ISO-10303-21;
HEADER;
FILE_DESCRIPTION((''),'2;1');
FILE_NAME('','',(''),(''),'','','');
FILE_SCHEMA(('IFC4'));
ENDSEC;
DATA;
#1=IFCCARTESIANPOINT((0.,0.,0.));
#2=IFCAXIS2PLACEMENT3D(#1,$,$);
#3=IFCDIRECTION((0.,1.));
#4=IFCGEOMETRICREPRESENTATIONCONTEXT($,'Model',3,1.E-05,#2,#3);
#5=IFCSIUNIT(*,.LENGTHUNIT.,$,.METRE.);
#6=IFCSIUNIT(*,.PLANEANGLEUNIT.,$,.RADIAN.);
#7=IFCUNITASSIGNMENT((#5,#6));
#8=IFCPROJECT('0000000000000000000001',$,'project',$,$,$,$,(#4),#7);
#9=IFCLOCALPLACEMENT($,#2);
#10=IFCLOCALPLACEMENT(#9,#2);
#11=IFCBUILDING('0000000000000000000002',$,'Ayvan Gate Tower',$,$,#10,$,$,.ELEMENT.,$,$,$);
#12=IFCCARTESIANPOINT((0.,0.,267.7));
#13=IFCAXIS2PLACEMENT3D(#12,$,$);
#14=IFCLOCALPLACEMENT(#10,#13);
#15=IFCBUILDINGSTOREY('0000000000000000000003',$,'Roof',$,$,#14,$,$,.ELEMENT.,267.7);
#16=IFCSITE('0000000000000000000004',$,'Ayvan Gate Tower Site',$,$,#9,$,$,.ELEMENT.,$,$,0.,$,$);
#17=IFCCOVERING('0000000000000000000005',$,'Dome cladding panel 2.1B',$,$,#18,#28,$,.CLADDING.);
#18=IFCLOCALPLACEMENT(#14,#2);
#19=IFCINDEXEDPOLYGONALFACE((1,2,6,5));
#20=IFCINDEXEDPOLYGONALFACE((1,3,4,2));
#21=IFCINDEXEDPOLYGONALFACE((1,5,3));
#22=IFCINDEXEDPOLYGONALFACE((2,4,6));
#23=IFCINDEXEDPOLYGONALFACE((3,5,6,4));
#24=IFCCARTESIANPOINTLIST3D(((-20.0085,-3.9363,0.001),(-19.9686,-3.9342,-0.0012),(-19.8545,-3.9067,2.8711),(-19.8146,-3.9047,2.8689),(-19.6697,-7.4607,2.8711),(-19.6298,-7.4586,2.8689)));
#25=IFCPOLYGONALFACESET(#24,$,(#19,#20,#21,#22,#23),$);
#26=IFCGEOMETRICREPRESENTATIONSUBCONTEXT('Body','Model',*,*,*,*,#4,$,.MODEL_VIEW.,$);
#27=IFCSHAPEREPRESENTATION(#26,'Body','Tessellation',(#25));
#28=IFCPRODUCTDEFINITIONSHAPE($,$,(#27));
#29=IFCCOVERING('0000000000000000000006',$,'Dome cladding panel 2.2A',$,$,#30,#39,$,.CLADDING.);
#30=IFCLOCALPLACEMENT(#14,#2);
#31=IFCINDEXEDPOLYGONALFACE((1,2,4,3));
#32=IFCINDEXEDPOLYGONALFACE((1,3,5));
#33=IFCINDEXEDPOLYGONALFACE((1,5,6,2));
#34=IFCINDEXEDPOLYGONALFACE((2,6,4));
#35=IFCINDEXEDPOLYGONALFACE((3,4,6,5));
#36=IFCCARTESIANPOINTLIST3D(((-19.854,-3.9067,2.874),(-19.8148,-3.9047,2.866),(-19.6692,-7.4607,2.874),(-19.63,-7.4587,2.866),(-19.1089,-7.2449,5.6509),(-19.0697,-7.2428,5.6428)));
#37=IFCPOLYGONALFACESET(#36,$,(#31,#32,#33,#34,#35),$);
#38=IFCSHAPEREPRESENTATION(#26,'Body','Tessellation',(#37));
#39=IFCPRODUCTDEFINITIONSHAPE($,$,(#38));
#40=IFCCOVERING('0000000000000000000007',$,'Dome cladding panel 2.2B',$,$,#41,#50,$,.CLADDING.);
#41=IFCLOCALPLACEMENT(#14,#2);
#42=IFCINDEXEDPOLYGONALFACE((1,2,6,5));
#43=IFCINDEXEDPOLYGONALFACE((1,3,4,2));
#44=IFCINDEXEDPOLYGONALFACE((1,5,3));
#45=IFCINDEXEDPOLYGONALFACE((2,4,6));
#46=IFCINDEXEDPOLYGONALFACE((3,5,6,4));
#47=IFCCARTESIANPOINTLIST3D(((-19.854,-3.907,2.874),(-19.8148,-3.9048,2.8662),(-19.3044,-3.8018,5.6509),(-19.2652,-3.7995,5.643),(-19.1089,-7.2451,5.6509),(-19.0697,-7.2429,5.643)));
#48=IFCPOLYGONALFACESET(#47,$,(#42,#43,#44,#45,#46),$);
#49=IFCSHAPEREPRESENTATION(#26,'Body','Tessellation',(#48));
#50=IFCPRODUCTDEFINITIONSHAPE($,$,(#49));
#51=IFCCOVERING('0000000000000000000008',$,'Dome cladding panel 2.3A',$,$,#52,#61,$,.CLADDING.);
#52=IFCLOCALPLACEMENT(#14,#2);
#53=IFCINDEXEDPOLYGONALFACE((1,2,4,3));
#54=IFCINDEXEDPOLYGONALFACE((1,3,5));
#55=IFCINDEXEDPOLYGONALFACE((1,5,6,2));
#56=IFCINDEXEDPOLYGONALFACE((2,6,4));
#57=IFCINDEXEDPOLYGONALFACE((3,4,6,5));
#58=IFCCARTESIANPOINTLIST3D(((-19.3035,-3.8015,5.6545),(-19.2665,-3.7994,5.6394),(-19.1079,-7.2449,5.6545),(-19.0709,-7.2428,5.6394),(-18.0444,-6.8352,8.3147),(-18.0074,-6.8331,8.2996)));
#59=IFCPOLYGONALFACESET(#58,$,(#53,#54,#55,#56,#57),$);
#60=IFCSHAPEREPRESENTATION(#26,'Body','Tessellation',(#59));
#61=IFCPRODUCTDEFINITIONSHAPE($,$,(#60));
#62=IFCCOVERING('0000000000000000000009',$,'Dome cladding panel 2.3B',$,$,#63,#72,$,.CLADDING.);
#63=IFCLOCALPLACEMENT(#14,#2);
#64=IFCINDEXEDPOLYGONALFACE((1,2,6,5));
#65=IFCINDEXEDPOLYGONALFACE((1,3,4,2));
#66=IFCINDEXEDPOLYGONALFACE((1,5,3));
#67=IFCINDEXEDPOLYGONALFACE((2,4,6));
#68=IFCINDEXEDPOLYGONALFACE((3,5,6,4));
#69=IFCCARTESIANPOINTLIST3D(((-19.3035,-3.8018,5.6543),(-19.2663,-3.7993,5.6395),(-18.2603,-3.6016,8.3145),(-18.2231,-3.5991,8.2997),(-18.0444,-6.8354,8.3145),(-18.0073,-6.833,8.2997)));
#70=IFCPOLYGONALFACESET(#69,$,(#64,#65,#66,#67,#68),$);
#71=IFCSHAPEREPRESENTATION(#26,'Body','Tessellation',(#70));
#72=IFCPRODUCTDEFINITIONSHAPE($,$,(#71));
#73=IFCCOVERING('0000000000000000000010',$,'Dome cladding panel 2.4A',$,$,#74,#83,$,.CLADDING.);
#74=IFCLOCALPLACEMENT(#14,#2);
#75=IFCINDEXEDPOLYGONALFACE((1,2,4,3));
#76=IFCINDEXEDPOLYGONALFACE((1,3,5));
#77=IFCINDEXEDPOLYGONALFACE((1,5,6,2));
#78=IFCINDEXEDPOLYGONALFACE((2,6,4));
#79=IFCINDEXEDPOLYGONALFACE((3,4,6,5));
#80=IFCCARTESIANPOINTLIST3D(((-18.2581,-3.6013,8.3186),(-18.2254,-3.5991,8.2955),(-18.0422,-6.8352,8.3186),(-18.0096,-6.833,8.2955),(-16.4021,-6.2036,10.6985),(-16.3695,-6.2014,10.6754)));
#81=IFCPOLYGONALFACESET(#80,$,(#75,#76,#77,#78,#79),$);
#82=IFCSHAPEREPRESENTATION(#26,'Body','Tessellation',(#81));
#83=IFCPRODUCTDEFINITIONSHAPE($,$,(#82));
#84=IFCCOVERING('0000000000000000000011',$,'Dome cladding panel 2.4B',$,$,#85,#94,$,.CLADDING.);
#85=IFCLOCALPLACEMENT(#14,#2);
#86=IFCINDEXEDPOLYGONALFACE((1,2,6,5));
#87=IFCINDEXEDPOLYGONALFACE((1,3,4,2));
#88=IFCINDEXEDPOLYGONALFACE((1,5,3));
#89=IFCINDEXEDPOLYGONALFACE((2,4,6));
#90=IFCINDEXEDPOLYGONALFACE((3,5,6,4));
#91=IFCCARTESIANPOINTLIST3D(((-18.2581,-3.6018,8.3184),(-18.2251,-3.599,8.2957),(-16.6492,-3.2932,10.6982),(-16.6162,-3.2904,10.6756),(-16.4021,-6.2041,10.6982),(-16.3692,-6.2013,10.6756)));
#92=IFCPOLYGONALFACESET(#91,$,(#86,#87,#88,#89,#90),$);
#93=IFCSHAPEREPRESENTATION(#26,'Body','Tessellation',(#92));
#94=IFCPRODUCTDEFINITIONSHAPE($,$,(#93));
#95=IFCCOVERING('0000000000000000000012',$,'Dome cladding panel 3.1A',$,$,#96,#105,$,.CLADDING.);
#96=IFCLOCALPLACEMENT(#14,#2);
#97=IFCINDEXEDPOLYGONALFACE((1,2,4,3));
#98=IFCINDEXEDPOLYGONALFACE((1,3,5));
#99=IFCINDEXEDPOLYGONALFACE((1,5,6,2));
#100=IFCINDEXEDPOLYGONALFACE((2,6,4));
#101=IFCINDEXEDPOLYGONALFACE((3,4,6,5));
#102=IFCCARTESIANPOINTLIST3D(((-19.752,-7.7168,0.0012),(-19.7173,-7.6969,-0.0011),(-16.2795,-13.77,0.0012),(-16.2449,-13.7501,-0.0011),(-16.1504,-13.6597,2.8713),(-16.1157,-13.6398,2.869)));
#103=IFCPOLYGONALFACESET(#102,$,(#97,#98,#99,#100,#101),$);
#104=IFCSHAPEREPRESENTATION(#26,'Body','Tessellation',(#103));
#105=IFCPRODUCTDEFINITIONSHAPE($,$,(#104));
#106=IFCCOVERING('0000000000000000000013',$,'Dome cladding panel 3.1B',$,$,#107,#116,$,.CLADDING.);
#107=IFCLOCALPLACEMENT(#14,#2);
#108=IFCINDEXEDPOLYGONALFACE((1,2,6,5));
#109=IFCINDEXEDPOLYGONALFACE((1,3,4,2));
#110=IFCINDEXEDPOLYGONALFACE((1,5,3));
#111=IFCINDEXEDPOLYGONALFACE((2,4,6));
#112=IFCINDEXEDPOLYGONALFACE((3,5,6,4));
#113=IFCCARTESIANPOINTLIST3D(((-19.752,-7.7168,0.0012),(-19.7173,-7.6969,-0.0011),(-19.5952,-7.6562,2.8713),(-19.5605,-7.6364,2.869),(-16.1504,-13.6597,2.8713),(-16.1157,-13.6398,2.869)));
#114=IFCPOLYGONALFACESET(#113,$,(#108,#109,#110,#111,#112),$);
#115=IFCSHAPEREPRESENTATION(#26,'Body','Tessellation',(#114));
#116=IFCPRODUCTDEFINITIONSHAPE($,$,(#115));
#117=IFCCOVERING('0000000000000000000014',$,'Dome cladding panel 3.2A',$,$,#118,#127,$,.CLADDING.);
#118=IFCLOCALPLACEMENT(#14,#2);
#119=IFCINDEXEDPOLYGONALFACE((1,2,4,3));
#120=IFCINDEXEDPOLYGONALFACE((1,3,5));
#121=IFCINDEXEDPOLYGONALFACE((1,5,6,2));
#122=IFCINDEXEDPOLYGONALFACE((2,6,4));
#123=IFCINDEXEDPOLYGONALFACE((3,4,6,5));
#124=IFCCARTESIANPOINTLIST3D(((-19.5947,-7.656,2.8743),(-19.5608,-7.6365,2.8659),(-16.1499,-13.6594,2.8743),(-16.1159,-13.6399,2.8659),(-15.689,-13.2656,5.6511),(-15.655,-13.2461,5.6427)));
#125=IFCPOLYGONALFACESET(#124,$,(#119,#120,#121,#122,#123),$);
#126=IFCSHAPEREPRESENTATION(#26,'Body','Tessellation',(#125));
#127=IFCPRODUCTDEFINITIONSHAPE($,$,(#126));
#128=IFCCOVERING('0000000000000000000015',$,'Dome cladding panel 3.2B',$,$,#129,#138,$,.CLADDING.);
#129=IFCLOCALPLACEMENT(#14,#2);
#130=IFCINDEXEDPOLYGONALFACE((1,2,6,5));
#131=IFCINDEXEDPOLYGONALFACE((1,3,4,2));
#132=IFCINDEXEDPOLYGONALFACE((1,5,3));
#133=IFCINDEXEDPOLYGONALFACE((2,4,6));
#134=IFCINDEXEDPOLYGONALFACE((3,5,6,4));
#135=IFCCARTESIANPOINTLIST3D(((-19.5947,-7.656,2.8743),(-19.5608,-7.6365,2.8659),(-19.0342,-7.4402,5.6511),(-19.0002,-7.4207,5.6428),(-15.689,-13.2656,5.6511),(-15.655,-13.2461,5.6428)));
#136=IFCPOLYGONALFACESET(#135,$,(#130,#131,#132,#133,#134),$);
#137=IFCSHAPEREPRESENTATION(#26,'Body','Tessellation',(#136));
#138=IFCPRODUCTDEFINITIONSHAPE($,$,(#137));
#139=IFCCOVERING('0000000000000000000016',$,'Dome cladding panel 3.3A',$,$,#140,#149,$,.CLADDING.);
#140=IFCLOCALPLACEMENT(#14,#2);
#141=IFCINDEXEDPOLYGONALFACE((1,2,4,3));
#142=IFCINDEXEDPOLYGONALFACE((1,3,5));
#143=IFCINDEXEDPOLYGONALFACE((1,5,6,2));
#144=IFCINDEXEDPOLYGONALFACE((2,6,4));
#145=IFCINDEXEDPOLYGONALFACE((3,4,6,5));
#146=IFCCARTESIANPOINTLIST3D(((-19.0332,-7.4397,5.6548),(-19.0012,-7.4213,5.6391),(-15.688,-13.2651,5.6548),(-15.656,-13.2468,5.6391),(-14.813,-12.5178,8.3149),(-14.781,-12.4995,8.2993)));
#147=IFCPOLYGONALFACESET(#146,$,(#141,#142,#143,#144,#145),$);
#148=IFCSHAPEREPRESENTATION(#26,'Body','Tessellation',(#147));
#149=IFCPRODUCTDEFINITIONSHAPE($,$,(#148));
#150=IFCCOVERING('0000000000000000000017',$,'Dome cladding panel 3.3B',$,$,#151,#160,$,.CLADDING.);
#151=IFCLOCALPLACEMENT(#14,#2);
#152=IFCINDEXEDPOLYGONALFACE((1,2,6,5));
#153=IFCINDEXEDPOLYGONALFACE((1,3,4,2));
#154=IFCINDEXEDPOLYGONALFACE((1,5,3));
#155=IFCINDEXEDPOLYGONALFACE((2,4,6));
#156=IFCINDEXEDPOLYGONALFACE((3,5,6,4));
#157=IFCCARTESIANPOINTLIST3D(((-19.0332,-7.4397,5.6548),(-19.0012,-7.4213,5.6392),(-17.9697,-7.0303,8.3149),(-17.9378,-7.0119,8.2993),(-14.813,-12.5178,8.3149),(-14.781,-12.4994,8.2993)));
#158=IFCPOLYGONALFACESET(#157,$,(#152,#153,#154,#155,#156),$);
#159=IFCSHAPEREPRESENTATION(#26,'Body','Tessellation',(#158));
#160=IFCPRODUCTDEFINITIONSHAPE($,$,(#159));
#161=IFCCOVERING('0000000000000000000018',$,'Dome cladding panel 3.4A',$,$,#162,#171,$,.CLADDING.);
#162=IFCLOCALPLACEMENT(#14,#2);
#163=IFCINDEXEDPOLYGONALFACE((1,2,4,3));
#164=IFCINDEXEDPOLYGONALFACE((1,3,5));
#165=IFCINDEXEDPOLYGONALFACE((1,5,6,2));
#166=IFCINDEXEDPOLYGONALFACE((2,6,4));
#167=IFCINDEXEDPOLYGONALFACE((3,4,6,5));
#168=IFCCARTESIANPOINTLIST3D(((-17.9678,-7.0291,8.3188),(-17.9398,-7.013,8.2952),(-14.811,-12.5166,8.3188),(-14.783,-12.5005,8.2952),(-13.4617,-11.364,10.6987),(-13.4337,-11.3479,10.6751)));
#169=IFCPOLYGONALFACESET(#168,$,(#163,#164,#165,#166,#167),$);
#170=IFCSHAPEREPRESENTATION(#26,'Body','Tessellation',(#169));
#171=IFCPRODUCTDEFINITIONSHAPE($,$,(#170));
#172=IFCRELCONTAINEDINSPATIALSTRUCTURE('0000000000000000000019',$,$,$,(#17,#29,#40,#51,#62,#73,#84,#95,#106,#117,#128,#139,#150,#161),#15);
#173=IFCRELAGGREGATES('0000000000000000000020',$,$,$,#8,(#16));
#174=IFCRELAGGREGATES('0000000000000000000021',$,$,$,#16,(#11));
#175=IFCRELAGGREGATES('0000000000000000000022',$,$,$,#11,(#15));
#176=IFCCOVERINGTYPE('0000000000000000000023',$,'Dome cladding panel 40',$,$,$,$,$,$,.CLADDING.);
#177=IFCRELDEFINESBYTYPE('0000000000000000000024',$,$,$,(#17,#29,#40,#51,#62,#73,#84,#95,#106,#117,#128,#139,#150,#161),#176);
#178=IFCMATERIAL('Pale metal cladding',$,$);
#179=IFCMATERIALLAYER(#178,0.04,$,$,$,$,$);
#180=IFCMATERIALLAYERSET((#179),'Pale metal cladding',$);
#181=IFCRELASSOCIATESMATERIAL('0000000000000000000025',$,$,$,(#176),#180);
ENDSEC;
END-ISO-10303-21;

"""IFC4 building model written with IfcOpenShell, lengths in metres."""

from ifc_helpers import new_model, si_unit, direction, frame, origin, place, context, subcontext, project, spatial, polyline, outline, extrude, material, layer, layer_set, type_object, element, save


model = new_model("IFC4")

# Units and contexts
model_context = context("Model", 3, precision=1e-05, world=origin(), true_north=direction((0.0, 1.0)))
body_context = subcontext(model_context, "Body", "Model", "MODEL_VIEW")
ifc_project = project(units=[si_unit("LENGTHUNIT", "METRE"), si_unit("PLANEANGLEUNIT", "RADIAN")], contexts=[model_context])

# Site, building, storey
site_placement = place(None, origin())
site = spatial("IfcSite", under=ifc_project, at=site_placement, Name="Ayvan Gate Tower Site", CompositionType="ELEMENT", RefElevation=0.0)
building_placement = place(site_placement, origin())
building = spatial("IfcBuilding", under=site, at=building_placement, Name="Ayvan Gate Tower", CompositionType="ELEMENT")
storey_placement = place(building_placement, frame((0.0, 0.0, 267.7)))
storey = spatial("IfcBuildingStorey", under=building, at=storey_placement, Name="Roof", CompositionType="ELEMENT", Elevation=267.7)

# Coverings
ifc_material_1 = material(Name="Pale metal cladding")
ifc_layer_1 = layer(ifc_material_1, 0.04)
ifc_layer_set_1 = layer_set([ifc_layer_1], Name="Pale metal cladding")
covering_type = type_object("IfcCoveringType", Name="Dome cladding panel 40", PredefinedType="CLADDING", material=ifc_layer_set_1)
covering_1_placement = place(storey_placement, frame((-20.0085, -3.9363, 0.001), z_axis=(-0.99719, -0.051856, 0.054058), x_axis=(0.074348, -0.773264, 0.62971)))
element("IfcCovering", 1, at=covering_1_placement, inside=storey, type_object=covering_type, Name="Dome cladding panel 2.1B", PredefinedType="CLADDING", context=body_context, shape_type="SweptSolid", body=[
    extrude(outline(polyline([(0.0, 0.0), (4.5578, 0.0), (1.796, 2.2443), (0.0, 0.0)])), origin(), (0.0, 0.0, -1.0), 0.04),
])
covering_2_placement = place(storey_placement, frame((-19.854, -3.9067, 2.874), z_axis=(-0.978201, -0.050869, 0.201331), x_axis=(0.051932, -0.998651, 0.0)))
element("IfcCovering", 2, at=covering_2_placement, inside=storey, type_object=covering_type, Name="Dome cladding panel 2.2A", PredefinedType="CLADDING", context=body_context, shape_type="SweptSolid", body=[
    extrude(outline(polyline([(0.0, 0.0), (3.5588, 0.0), (3.3723, 2.8349), (0.0, 0.0)])), origin(), (0.0, 0.0, -1.0), 0.04),
])
covering_3_placement = place(storey_placement, frame((-19.854, -3.907, 2.874), z_axis=(-0.979052, -0.055603, 0.195869), x_axis=(0.16913, -0.757703, 0.630302)))
element("IfcCovering", 3, at=covering_3_placement, inside=storey, type_object=covering_type, Name="Dome cladding panel 2.2B", PredefinedType="CLADDING", context=body_context, shape_type="SweptSolid", body=[
    extrude(outline(polyline([(0.0, 0.0), (4.4056, 0.0), (1.7635, 2.2168), (0.0, 0.0)])), origin(), (0.0, 0.0, -1.0), 0.04),
])
covering_4_placement = place(storey_placement, frame((-19.3035, -3.8015, 5.6545), z_axis=(-0.924453, -0.052502, 0.377663), x_axis=(0.056701, -0.998391, 0.0)))
element("IfcCovering", 4, at=covering_4_placement, inside=storey, type_object=covering_type, Name="Dome cladding panel 2.3A", PredefinedType="CLADDING", context=body_context, shape_type="SweptSolid", body=[
    extrude(outline(polyline([(0.0, 0.0), (3.4489, 0.0), (3.1002, 2.8729), (0.0, 0.0)])), origin(), (0.0, 0.0, -1.0), 0.04),
])
covering_5_placement = place(storey_placement, frame((-19.3035, -3.8018, 5.6543), z_axis=(-0.927594, -0.061905, 0.368426), x_axis=(0.297877, -0.717747, 0.629372)))
element("IfcCovering", 5, at=covering_5_placement, inside=storey, type_object=covering_type, Name="Dome cladding panel 2.3B", PredefinedType="CLADDING", context=body_context, shape_type="SweptSolid", body=[
    extrude(outline(polyline([(0.0, 0.0), (4.2267, 0.0), (1.8413, 2.1942), (0.0, 0.0)])), origin(), (0.0, 0.0, -1.0), 0.04),
])
covering_6_placement = place(storey_placement, frame((-18.2581, -3.6013, 8.3186), z_axis=(-0.815375, -0.054416, 0.576371), x_axis=(0.066589, -0.99778, 0.0)))
element("IfcCovering", 6, at=covering_6_placement, inside=storey, type_object=covering_type, Name="Dome cladding panel 2.4A", PredefinedType="CLADDING", context=body_context, shape_type="SweptSolid", body=[
    extrude(outline(polyline([(0.0, 0.0), (3.2411, 0.0), (2.7201, 2.9123), (0.0, 0.0)])), origin(), (0.0, 0.0, -1.0), 0.04),
])
covering_7_placement = place(storey_placement, frame((-18.2581, -3.6018, 8.3184), z_axis=(-0.822209, -0.069787, 0.564892), x_axis=(0.465734, -0.65302, 0.597208)))
element("IfcCovering", 7, at=covering_7_placement, inside=storey, type_object=covering_type, Name="Dome cladding panel 2.4B", PredefinedType="CLADDING", context=body_context, shape_type="SweptSolid", body=[
    extrude(outline(polyline([(0.0, 0.0), (3.985, 0.0), (1.9691, 2.1143), (0.0, 0.0)])), origin(), (0.0, 0.0, -1.0), 0.04),
])
covering_8_placement = place(storey_placement, frame((-19.752, -7.7168, 0.0012), z_axis=(-0.86595, -0.496749, 0.058065), x_axis=(0.497589, -0.867413, 0.0)))
element("IfcCovering", 8, at=covering_8_placement, inside=storey, type_object=covering_type, Name="Dome cladding panel 3.1A", PredefinedType="CLADDING", context=body_context, shape_type="SweptSolid", body=[
    extrude(outline(polyline([(0.0, 0.0), (6.9785, 0.0), (6.947, 2.875), (0.0, 0.0)])), origin(), (0.0, 0.0, -1.0), 0.04),
])
covering_9_placement = place(storey_placement, frame((-19.752, -7.7168, 0.0012), z_axis=(-0.865903, -0.496864, 0.057769), x_axis=(0.479032, -0.790442, 0.381745)))
element("IfcCovering", 9, at=covering_9_placement, inside=storey, type_object=covering_type, Name="Dome cladding panel 3.1B", PredefinedType="CLADDING", context=body_context, shape_type="SweptSolid", body=[
    extrude(outline(polyline([(0.0, 0.0), (7.5184, 0.0), (1.1229, 2.6467), (0.0, 0.0)])), origin(), (0.0, 0.0, -1.0), 0.04),
])
covering_10_placement = place(storey_placement, frame((-19.5947, -7.656, 2.8743), z_axis=(-0.848052, -0.486621, 0.20978), x_axis=(0.497696, -0.867352, 0.0)))
element("IfcCovering", 10, at=covering_10_placement, inside=storey, type_object=covering_type, Name="Dome cladding panel 3.2A", PredefinedType="CLADDING", context=body_context, shape_type="SweptSolid", body=[
    extrude(outline(polyline([(0.0, 0.0), (6.9215, 0.0), (6.8094, 2.8401), (0.0, 0.0)])), origin(), (0.0, 0.0, -1.0), 0.04),
])
covering_11_placement = place(storey_placement, frame((-19.5947, -7.656, 2.8743), z_axis=(-0.848032, -0.486976, 0.209035), x_axis=(0.529385, -0.760325, 0.376374)))
element("IfcCovering", 11, at=covering_11_placement, inside=storey, type_object=covering_type, Name="Dome cladding panel 3.2B", PredefinedType="CLADDING", context=body_context, shape_type="SweptSolid", body=[
    extrude(outline(polyline([(0.0, 0.0), (7.3779, 0.0), (1.1778, 2.5854), (0.0, 0.0)])), origin(), (0.0, 0.0, -1.0), 0.04),
])
covering_12_placement = place(storey_placement, frame((-19.0332, -7.4397, 5.6548), z_axis=(-0.798062, -0.458281, 0.391249), x_axis=(0.497977, -0.86719, 0.0)))
element("IfcCovering", 12, at=covering_12_placement, inside=storey, type_object=covering_type, Name="Dome cladding panel 3.3A", PredefinedType="CLADDING", context=body_context, shape_type="SweptSolid", body=[
    extrude(outline(polyline([(0.0, 0.0), (6.7176, 0.0), (6.5053, 2.8906), (0.0, 0.0)])), origin(), (0.0, 0.0, -1.0), 0.04),
])
covering_13_placement = place(storey_placement, frame((-19.0332, -7.4397, 5.6548), z_axis=(-0.798247, -0.459195, 0.389797), x_axis=(0.592846, -0.713363, 0.373693)))
element("IfcCovering", 13, at=covering_13_placement, inside=storey, type_object=covering_type, Name="Dome cladding panel 3.3B", PredefinedType="CLADDING", context=body_context, shape_type="SweptSolid", body=[
    extrude(outline(polyline([(0.0, 0.0), (7.1186, 0.0), (1.3325, 2.569), (0.0, 0.0)])), origin(), (0.0, 0.0, -1.0), 0.04),
])
covering_14_placement = place(storey_placement, frame((-17.9678, -7.0291, 8.3188), z_axis=(-0.699124, -0.402174, 0.59117), x_axis=(0.498637, -0.866811, 0.0)))
element("IfcCovering", 14, at=covering_14_placement, inside=storey, type_object=covering_type, Name="Dome cladding panel 3.4A", PredefinedType="CLADDING", context=body_context, shape_type="SweptSolid", body=[
    extrude(outline(polyline([(0.0, 0.0), (6.3307, 0.0), (6.0045, 2.9507), (0.0, 0.0)])), origin(), (0.0, 0.0, -1.0), 0.04),
])

save(model, "model.ifc")
